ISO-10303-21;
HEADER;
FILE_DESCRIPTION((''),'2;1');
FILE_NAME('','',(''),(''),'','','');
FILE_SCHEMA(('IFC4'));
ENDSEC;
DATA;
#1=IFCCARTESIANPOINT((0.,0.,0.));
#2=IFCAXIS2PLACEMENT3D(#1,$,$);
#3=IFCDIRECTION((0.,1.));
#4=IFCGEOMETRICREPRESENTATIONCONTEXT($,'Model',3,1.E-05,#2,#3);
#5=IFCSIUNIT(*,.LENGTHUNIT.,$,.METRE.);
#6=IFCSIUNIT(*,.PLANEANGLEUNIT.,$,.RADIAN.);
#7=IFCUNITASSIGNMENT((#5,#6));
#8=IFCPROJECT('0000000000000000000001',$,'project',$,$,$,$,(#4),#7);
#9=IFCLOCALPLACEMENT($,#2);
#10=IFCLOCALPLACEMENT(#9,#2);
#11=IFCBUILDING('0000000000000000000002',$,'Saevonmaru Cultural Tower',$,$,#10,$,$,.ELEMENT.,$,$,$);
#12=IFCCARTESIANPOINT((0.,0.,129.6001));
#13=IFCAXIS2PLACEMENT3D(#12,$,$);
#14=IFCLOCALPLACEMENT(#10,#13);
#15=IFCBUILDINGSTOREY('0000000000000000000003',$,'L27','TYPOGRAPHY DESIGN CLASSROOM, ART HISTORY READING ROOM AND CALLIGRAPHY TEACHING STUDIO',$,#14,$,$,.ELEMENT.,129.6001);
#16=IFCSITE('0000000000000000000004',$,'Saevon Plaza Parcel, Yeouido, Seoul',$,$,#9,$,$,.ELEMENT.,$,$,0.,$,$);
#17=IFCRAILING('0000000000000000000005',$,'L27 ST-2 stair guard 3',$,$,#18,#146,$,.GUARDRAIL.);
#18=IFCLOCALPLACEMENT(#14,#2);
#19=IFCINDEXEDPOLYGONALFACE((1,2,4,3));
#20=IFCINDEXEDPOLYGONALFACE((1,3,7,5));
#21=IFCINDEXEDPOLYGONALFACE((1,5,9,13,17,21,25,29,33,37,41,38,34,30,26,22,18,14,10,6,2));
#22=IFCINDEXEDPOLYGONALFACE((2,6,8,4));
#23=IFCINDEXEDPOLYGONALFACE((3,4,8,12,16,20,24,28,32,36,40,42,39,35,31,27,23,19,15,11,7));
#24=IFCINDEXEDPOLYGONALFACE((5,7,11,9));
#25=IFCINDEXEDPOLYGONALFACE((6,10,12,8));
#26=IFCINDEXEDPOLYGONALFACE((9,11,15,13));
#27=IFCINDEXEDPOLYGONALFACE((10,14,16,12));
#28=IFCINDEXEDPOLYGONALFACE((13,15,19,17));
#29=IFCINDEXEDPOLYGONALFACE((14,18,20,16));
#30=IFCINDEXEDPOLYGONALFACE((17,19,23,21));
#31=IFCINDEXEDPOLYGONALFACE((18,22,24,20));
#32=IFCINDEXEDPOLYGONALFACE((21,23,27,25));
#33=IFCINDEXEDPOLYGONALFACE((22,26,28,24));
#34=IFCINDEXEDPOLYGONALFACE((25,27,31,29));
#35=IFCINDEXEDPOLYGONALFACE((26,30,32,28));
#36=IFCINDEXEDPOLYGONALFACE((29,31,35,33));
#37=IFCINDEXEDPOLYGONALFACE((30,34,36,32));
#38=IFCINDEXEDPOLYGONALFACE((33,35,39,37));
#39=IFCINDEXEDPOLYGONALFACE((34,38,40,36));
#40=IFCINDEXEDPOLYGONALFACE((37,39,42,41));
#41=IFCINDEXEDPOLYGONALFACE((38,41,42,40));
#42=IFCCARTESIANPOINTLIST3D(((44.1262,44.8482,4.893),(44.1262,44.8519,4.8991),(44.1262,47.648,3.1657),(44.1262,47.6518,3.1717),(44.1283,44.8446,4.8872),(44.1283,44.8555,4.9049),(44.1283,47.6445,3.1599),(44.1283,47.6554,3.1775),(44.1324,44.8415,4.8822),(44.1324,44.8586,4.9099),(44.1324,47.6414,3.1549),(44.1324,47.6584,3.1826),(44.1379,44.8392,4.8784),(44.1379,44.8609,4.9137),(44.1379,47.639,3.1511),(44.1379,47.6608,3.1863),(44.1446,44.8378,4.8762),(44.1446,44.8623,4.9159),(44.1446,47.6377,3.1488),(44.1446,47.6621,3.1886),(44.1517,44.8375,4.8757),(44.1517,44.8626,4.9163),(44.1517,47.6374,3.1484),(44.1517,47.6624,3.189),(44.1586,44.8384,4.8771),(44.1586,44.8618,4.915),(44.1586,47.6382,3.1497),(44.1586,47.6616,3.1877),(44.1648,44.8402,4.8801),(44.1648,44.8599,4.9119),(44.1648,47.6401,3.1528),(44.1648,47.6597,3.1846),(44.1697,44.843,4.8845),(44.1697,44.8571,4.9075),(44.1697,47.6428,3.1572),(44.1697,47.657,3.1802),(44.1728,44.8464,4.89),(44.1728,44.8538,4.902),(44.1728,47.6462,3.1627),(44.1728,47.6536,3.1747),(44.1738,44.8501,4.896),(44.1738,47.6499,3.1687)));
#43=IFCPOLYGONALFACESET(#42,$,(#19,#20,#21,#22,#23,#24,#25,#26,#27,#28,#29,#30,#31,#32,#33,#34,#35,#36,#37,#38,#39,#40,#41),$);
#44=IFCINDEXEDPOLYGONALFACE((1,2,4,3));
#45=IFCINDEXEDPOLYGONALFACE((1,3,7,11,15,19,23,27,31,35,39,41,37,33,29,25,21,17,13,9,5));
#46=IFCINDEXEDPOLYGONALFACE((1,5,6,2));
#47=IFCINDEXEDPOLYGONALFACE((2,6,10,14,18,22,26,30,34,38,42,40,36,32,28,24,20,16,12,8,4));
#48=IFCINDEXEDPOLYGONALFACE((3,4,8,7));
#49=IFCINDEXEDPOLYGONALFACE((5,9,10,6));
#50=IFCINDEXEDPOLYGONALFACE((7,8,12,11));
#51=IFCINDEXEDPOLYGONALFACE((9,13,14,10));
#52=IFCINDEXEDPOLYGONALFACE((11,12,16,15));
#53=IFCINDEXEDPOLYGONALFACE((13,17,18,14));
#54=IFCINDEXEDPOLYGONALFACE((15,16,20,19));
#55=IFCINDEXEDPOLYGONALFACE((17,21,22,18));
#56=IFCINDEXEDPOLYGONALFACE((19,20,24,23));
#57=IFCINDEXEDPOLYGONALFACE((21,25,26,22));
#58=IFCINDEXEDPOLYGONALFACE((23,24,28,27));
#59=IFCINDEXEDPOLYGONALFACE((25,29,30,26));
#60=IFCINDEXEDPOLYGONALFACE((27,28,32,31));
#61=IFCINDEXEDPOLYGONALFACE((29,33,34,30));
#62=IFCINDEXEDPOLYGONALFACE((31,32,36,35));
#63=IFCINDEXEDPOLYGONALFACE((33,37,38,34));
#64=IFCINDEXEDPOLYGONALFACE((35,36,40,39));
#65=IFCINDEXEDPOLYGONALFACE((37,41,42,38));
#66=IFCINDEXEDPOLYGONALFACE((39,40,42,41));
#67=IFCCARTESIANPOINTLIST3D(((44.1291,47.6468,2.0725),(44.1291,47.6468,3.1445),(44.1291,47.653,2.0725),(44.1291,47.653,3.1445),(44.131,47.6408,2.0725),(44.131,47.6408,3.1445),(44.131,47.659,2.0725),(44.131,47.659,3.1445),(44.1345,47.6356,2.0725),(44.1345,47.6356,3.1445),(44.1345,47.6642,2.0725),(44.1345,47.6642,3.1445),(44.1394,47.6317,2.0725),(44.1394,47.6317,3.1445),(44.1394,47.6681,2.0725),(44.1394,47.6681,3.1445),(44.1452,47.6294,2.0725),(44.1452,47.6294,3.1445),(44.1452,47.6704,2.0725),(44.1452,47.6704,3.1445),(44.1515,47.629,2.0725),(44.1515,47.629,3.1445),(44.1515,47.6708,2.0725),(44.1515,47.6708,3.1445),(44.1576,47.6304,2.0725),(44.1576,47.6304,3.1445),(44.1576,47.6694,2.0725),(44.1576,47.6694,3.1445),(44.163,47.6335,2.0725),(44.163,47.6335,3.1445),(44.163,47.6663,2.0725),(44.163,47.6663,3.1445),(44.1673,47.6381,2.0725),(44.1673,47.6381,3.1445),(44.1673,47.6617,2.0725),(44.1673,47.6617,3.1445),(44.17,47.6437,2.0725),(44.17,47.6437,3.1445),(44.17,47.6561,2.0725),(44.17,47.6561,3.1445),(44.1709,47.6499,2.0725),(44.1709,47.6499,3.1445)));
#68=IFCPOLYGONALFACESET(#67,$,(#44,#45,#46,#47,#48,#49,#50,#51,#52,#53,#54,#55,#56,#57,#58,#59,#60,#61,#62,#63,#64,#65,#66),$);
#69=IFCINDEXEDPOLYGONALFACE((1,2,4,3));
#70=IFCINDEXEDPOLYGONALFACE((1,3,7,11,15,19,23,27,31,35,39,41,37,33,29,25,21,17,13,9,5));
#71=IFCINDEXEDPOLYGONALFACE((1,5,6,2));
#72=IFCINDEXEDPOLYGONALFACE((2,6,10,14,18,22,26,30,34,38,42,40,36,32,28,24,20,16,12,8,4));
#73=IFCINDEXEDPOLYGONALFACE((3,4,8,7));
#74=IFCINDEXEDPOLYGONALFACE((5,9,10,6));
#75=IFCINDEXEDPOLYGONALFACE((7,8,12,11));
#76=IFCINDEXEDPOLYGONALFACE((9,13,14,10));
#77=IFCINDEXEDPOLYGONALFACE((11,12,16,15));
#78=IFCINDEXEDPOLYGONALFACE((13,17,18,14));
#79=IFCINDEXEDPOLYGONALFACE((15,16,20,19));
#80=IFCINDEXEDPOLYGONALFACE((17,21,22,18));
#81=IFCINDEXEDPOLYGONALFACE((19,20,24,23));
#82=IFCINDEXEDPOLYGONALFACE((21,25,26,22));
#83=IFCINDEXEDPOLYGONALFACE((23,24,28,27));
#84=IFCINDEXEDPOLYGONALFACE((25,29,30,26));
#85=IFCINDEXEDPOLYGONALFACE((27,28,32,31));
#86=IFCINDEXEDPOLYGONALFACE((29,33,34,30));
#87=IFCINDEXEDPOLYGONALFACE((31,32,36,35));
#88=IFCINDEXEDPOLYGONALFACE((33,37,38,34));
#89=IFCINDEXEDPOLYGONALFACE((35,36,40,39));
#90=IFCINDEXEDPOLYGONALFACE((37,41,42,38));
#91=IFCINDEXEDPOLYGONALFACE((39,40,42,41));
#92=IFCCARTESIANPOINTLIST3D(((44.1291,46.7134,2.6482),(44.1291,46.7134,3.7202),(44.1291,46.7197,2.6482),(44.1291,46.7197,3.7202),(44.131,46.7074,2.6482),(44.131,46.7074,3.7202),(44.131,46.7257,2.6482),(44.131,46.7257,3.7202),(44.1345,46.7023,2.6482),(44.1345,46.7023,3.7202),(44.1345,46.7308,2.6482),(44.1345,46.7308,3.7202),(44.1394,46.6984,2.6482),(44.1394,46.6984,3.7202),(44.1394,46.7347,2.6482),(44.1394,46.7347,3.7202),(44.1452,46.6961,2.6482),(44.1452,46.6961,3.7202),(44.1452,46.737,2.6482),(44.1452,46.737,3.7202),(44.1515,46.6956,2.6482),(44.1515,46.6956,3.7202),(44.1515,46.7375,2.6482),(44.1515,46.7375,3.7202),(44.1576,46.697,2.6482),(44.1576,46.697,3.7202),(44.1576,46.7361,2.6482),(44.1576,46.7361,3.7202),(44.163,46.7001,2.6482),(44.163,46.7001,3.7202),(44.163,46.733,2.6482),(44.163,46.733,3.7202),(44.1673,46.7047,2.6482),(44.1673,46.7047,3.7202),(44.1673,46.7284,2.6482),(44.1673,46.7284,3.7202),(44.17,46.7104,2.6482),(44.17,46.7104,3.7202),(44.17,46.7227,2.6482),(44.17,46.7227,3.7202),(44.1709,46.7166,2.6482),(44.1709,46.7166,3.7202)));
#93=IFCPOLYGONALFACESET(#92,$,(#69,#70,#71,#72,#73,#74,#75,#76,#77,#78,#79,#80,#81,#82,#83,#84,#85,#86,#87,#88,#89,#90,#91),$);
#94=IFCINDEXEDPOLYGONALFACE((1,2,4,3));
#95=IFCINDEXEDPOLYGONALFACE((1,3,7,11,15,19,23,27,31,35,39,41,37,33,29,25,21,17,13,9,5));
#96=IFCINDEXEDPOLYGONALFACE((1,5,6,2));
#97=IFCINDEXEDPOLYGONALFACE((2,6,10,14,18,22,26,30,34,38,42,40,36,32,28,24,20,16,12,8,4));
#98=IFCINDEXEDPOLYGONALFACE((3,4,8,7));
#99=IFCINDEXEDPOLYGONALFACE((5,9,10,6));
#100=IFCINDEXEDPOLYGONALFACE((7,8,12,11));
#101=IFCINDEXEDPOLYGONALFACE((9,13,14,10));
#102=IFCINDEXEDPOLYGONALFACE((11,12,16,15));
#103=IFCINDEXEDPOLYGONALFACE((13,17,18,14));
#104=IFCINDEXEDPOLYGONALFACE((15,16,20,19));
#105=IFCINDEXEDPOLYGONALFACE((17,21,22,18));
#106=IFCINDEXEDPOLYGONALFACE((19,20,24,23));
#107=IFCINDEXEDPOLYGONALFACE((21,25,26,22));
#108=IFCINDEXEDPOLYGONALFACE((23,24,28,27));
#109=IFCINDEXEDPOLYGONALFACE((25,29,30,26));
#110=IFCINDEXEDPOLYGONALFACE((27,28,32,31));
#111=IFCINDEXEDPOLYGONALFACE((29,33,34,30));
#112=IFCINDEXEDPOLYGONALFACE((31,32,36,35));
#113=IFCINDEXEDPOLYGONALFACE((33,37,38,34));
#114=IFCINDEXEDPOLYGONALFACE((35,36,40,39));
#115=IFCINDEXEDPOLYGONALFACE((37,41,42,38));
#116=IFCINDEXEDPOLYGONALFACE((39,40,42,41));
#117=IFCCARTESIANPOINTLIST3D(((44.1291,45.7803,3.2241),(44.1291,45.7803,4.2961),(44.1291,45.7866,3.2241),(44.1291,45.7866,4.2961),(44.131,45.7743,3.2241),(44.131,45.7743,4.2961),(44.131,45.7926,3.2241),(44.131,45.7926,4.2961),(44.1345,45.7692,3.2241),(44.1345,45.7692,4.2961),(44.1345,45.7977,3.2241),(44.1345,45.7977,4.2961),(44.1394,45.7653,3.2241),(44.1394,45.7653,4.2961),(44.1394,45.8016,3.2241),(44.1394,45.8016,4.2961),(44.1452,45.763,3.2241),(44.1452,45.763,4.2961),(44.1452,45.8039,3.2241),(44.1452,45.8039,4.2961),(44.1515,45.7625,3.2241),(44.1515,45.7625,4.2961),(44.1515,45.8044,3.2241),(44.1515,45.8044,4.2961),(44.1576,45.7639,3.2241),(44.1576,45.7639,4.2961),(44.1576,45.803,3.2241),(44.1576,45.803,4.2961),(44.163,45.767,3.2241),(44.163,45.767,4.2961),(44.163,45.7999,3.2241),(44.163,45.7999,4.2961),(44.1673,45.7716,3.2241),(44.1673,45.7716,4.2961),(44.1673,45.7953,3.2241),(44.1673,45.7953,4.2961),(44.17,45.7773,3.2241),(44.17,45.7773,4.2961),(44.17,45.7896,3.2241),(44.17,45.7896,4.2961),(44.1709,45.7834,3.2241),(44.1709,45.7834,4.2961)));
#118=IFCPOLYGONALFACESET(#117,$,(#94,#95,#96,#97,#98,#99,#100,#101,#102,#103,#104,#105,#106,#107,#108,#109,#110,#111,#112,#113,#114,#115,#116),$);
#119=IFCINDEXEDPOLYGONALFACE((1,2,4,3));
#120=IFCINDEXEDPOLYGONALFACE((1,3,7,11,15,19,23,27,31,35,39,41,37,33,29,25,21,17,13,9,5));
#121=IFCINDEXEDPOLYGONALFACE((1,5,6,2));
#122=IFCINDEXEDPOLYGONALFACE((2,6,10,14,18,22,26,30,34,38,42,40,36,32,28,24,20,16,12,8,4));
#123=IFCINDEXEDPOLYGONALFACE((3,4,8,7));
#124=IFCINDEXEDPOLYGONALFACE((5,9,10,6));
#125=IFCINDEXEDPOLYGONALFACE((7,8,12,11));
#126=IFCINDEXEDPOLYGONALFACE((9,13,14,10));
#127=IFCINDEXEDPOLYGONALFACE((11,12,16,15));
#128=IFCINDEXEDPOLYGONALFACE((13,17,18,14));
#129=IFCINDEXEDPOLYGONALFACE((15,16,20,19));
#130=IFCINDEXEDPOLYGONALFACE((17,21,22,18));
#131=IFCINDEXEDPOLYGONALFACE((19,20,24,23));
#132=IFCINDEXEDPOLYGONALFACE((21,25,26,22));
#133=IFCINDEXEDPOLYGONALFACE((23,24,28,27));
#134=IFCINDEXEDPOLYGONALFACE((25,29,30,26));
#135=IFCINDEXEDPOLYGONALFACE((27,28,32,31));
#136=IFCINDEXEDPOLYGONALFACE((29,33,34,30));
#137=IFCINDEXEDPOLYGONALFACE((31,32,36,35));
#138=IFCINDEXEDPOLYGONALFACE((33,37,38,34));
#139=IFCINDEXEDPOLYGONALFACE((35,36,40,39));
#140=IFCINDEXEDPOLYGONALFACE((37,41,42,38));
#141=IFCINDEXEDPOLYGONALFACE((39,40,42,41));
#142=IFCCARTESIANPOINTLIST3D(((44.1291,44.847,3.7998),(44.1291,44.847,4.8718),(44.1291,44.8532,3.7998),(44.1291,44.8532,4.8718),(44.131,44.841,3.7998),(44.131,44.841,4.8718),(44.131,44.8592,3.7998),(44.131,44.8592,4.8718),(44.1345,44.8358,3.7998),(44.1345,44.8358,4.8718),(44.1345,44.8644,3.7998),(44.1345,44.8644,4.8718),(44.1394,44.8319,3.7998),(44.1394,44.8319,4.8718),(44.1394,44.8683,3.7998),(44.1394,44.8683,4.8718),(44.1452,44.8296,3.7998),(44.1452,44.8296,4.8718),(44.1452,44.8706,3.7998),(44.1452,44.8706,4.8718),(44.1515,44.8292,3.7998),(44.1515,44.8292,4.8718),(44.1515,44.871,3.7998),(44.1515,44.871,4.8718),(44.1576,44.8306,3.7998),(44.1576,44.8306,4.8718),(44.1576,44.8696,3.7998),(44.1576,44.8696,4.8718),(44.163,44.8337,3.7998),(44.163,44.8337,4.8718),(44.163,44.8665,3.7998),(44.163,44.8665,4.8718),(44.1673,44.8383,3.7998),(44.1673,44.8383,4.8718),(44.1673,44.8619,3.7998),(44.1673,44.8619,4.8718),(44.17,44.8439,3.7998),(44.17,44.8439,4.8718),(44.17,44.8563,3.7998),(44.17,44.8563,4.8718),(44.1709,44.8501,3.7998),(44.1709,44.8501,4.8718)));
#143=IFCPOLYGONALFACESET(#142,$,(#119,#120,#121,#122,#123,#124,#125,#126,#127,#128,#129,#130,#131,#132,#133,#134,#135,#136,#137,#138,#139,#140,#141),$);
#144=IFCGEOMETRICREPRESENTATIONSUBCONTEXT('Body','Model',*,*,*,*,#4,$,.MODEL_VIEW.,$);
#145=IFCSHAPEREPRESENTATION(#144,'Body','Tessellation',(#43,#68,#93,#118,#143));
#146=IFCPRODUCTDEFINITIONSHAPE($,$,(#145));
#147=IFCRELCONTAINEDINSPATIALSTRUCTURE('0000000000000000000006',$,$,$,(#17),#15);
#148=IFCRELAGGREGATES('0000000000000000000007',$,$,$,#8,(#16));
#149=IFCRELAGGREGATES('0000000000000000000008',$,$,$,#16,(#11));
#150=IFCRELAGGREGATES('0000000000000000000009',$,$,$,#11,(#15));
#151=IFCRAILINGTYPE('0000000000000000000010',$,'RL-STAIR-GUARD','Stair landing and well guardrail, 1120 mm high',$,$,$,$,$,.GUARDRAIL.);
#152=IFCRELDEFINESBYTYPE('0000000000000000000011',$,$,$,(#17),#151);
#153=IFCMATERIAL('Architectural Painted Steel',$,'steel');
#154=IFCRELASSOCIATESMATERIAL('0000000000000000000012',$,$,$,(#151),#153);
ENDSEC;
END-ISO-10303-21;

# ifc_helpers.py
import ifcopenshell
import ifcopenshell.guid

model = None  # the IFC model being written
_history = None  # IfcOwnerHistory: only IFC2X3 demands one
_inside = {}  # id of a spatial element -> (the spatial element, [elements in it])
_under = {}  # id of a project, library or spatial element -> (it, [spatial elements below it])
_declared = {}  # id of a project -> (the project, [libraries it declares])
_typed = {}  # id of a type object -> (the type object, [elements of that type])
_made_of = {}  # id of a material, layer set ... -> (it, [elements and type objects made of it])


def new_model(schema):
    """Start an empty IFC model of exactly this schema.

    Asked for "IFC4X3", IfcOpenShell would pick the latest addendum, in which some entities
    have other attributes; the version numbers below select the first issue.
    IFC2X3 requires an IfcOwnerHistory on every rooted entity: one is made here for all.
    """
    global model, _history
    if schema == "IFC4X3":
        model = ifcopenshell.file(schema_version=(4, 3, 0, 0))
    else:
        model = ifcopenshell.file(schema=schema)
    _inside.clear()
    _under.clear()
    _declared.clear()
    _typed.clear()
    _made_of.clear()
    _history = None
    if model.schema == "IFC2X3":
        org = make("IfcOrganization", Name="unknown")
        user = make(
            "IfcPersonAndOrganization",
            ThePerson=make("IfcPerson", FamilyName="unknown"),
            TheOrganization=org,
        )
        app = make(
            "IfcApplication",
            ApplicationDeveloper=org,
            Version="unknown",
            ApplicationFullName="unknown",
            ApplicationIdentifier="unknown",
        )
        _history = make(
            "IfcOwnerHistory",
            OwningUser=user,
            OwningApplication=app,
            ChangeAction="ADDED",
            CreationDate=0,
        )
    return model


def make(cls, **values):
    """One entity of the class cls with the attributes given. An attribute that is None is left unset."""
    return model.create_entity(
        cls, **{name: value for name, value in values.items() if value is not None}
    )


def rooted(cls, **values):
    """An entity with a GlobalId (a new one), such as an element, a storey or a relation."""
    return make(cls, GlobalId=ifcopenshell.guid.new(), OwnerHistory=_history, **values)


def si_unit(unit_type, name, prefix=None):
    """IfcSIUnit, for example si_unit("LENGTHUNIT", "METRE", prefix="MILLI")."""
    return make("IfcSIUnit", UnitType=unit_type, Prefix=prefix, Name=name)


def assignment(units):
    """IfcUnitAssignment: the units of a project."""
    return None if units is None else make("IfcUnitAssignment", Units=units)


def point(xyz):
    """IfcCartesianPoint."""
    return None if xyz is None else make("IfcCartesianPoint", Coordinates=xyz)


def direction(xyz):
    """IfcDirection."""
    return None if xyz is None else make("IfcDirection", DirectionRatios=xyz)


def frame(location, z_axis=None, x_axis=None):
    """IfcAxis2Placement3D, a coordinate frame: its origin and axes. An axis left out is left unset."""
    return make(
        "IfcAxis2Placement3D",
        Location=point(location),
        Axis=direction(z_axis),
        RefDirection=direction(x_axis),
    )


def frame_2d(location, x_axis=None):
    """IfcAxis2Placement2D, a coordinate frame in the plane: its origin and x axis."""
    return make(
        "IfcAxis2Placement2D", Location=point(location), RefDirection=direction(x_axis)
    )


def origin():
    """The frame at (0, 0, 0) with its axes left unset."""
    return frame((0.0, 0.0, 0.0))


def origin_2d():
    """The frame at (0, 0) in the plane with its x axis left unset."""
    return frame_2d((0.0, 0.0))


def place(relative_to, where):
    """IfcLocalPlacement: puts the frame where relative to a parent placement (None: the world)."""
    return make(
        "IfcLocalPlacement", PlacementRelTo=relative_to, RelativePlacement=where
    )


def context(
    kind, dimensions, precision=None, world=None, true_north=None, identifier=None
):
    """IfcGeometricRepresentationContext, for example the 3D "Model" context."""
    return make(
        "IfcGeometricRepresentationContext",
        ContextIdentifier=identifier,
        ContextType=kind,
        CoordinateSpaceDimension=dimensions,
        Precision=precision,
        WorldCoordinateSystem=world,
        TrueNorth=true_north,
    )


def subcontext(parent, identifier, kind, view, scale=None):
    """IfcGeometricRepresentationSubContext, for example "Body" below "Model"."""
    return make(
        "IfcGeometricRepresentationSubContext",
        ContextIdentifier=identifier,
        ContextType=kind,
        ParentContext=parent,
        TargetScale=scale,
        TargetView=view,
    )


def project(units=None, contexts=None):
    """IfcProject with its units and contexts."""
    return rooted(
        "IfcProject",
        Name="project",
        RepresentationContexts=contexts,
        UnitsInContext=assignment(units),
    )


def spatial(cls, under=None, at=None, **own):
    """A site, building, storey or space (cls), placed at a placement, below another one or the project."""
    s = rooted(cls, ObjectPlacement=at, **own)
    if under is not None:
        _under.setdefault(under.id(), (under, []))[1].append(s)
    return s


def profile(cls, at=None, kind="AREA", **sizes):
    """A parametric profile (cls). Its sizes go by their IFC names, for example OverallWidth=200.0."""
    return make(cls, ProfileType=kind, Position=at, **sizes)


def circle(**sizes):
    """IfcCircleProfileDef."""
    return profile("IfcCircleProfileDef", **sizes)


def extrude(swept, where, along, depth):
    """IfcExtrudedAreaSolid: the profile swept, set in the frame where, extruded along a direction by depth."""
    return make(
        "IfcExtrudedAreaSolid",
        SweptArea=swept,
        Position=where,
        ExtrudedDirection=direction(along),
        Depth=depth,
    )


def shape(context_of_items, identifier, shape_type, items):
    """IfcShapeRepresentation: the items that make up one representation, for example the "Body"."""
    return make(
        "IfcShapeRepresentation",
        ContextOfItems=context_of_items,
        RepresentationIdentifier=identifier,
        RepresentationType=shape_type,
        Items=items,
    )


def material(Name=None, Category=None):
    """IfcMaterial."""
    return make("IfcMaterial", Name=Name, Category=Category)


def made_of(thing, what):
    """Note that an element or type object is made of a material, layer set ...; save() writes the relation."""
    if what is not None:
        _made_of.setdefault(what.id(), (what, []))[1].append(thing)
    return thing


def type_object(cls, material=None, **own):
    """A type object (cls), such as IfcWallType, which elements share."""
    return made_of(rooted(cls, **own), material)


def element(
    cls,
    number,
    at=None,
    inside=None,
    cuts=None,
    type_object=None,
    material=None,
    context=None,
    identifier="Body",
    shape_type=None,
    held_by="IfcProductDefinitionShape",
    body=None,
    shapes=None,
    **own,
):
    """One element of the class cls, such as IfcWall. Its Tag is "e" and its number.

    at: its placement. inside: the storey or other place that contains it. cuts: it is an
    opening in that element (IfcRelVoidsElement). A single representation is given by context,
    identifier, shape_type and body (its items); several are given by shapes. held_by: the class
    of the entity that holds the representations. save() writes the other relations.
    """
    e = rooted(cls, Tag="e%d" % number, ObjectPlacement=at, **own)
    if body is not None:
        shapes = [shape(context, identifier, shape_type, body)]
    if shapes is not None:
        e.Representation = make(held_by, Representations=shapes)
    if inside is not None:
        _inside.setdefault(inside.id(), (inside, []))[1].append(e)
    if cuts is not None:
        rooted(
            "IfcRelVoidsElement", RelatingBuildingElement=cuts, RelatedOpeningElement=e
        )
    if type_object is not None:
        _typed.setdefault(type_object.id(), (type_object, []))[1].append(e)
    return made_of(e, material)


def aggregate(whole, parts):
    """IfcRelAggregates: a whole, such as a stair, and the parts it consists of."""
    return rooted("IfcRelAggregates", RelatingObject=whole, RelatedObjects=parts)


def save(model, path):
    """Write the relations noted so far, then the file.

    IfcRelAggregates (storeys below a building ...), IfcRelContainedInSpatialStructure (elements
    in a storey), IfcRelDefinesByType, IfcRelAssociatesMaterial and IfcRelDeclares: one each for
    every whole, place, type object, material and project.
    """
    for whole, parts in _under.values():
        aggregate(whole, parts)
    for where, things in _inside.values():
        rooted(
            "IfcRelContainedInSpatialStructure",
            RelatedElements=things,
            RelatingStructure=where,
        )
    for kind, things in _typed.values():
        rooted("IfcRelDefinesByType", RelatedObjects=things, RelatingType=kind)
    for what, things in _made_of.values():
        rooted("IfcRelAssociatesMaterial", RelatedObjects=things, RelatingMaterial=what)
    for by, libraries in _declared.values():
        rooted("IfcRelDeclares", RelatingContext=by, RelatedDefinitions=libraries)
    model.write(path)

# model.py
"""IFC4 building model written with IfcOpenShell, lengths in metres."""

from ifc_helpers import new_model, si_unit, direction, frame, origin, origin_2d, place, context, subcontext, project, spatial, circle, extrude, material, type_object, element, save


model = new_model("IFC4")

# Units and contexts
model_context = context("Model", 3, precision=1e-05, world=origin(), true_north=direction((0.0, 1.0)))
body_context = subcontext(model_context, "Body", "Model", "MODEL_VIEW")
ifc_project = project(units=[si_unit("LENGTHUNIT", "METRE"), si_unit("PLANEANGLEUNIT", "RADIAN")], contexts=[model_context])

# Site, building, storey
site_placement = place(None, origin())
site = spatial("IfcSite", under=ifc_project, at=site_placement, Name="Saevon Plaza Parcel, Yeouido, Seoul", CompositionType="ELEMENT", RefElevation=0.0)
building_placement = place(site_placement, origin())
building = spatial("IfcBuilding", under=site, at=building_placement, Name="Saevonmaru Cultural Tower", CompositionType="ELEMENT")
storey_placement = place(building_placement, frame((0.0, 0.0, 129.6001)))
storey = spatial("IfcBuildingStorey", under=building, at=storey_placement, Name="L27", Description="TYPOGRAPHY DESIGN CLASSROOM, ART HISTORY READING ROOM AND CALLIGRAPHY TEACHING STUDIO", CompositionType="ELEMENT", Elevation=129.6001)

# Railing
ifc_material_1 = material(Name="Architectural Painted Steel", Category="steel")
railing_type_1 = type_object("IfcRailingType", Name="RL-STAIR-GUARD", Description="Stair landing and well guardrail, 1120 mm high", PredefinedType="GUARDRAIL", material=ifc_material_1)
railing_1_placement = place(storey_placement, frame((44.1499, 47.6499, 2.0725)))
element("IfcRailing", 1, at=railing_1_placement, inside=storey, type_object=railing_type_1, Name="L27 ST-2 stair guard 3", PredefinedType="GUARDRAIL", context=body_context, shape_type="SweptSolid", body=[
    extrude(circle(Radius=0.0239, at=origin_2d()), frame((0.0, 0.0, 1.0962), z_axis=(0.0, -0.851069, 0.525054), x_axis=(1.0, 0.0, 0.0)), (0.0, 0.0, 1.0), 3.2898),
    extrude(circle(Radius=0.021, at=origin_2d()), origin(), (0.0, 0.0, 1.0), 1.072),
    extrude(circle(Radius=0.021, at=origin_2d()), frame((0.0, -0.9333, 0.5757)), (0.0, 0.0, 1.0), 1.072),
    extrude(circle(Radius=0.021, at=origin_2d()), frame((0.0, -1.8665, 1.1516)), (0.0, 0.0, 1.0), 1.072),
    extrude(circle(Radius=0.021, at=origin_2d()), frame((0.0, -2.7998, 1.7273)), (0.0, 0.0, 1.0), 1.072),
])

save(model, "model.ifc")
